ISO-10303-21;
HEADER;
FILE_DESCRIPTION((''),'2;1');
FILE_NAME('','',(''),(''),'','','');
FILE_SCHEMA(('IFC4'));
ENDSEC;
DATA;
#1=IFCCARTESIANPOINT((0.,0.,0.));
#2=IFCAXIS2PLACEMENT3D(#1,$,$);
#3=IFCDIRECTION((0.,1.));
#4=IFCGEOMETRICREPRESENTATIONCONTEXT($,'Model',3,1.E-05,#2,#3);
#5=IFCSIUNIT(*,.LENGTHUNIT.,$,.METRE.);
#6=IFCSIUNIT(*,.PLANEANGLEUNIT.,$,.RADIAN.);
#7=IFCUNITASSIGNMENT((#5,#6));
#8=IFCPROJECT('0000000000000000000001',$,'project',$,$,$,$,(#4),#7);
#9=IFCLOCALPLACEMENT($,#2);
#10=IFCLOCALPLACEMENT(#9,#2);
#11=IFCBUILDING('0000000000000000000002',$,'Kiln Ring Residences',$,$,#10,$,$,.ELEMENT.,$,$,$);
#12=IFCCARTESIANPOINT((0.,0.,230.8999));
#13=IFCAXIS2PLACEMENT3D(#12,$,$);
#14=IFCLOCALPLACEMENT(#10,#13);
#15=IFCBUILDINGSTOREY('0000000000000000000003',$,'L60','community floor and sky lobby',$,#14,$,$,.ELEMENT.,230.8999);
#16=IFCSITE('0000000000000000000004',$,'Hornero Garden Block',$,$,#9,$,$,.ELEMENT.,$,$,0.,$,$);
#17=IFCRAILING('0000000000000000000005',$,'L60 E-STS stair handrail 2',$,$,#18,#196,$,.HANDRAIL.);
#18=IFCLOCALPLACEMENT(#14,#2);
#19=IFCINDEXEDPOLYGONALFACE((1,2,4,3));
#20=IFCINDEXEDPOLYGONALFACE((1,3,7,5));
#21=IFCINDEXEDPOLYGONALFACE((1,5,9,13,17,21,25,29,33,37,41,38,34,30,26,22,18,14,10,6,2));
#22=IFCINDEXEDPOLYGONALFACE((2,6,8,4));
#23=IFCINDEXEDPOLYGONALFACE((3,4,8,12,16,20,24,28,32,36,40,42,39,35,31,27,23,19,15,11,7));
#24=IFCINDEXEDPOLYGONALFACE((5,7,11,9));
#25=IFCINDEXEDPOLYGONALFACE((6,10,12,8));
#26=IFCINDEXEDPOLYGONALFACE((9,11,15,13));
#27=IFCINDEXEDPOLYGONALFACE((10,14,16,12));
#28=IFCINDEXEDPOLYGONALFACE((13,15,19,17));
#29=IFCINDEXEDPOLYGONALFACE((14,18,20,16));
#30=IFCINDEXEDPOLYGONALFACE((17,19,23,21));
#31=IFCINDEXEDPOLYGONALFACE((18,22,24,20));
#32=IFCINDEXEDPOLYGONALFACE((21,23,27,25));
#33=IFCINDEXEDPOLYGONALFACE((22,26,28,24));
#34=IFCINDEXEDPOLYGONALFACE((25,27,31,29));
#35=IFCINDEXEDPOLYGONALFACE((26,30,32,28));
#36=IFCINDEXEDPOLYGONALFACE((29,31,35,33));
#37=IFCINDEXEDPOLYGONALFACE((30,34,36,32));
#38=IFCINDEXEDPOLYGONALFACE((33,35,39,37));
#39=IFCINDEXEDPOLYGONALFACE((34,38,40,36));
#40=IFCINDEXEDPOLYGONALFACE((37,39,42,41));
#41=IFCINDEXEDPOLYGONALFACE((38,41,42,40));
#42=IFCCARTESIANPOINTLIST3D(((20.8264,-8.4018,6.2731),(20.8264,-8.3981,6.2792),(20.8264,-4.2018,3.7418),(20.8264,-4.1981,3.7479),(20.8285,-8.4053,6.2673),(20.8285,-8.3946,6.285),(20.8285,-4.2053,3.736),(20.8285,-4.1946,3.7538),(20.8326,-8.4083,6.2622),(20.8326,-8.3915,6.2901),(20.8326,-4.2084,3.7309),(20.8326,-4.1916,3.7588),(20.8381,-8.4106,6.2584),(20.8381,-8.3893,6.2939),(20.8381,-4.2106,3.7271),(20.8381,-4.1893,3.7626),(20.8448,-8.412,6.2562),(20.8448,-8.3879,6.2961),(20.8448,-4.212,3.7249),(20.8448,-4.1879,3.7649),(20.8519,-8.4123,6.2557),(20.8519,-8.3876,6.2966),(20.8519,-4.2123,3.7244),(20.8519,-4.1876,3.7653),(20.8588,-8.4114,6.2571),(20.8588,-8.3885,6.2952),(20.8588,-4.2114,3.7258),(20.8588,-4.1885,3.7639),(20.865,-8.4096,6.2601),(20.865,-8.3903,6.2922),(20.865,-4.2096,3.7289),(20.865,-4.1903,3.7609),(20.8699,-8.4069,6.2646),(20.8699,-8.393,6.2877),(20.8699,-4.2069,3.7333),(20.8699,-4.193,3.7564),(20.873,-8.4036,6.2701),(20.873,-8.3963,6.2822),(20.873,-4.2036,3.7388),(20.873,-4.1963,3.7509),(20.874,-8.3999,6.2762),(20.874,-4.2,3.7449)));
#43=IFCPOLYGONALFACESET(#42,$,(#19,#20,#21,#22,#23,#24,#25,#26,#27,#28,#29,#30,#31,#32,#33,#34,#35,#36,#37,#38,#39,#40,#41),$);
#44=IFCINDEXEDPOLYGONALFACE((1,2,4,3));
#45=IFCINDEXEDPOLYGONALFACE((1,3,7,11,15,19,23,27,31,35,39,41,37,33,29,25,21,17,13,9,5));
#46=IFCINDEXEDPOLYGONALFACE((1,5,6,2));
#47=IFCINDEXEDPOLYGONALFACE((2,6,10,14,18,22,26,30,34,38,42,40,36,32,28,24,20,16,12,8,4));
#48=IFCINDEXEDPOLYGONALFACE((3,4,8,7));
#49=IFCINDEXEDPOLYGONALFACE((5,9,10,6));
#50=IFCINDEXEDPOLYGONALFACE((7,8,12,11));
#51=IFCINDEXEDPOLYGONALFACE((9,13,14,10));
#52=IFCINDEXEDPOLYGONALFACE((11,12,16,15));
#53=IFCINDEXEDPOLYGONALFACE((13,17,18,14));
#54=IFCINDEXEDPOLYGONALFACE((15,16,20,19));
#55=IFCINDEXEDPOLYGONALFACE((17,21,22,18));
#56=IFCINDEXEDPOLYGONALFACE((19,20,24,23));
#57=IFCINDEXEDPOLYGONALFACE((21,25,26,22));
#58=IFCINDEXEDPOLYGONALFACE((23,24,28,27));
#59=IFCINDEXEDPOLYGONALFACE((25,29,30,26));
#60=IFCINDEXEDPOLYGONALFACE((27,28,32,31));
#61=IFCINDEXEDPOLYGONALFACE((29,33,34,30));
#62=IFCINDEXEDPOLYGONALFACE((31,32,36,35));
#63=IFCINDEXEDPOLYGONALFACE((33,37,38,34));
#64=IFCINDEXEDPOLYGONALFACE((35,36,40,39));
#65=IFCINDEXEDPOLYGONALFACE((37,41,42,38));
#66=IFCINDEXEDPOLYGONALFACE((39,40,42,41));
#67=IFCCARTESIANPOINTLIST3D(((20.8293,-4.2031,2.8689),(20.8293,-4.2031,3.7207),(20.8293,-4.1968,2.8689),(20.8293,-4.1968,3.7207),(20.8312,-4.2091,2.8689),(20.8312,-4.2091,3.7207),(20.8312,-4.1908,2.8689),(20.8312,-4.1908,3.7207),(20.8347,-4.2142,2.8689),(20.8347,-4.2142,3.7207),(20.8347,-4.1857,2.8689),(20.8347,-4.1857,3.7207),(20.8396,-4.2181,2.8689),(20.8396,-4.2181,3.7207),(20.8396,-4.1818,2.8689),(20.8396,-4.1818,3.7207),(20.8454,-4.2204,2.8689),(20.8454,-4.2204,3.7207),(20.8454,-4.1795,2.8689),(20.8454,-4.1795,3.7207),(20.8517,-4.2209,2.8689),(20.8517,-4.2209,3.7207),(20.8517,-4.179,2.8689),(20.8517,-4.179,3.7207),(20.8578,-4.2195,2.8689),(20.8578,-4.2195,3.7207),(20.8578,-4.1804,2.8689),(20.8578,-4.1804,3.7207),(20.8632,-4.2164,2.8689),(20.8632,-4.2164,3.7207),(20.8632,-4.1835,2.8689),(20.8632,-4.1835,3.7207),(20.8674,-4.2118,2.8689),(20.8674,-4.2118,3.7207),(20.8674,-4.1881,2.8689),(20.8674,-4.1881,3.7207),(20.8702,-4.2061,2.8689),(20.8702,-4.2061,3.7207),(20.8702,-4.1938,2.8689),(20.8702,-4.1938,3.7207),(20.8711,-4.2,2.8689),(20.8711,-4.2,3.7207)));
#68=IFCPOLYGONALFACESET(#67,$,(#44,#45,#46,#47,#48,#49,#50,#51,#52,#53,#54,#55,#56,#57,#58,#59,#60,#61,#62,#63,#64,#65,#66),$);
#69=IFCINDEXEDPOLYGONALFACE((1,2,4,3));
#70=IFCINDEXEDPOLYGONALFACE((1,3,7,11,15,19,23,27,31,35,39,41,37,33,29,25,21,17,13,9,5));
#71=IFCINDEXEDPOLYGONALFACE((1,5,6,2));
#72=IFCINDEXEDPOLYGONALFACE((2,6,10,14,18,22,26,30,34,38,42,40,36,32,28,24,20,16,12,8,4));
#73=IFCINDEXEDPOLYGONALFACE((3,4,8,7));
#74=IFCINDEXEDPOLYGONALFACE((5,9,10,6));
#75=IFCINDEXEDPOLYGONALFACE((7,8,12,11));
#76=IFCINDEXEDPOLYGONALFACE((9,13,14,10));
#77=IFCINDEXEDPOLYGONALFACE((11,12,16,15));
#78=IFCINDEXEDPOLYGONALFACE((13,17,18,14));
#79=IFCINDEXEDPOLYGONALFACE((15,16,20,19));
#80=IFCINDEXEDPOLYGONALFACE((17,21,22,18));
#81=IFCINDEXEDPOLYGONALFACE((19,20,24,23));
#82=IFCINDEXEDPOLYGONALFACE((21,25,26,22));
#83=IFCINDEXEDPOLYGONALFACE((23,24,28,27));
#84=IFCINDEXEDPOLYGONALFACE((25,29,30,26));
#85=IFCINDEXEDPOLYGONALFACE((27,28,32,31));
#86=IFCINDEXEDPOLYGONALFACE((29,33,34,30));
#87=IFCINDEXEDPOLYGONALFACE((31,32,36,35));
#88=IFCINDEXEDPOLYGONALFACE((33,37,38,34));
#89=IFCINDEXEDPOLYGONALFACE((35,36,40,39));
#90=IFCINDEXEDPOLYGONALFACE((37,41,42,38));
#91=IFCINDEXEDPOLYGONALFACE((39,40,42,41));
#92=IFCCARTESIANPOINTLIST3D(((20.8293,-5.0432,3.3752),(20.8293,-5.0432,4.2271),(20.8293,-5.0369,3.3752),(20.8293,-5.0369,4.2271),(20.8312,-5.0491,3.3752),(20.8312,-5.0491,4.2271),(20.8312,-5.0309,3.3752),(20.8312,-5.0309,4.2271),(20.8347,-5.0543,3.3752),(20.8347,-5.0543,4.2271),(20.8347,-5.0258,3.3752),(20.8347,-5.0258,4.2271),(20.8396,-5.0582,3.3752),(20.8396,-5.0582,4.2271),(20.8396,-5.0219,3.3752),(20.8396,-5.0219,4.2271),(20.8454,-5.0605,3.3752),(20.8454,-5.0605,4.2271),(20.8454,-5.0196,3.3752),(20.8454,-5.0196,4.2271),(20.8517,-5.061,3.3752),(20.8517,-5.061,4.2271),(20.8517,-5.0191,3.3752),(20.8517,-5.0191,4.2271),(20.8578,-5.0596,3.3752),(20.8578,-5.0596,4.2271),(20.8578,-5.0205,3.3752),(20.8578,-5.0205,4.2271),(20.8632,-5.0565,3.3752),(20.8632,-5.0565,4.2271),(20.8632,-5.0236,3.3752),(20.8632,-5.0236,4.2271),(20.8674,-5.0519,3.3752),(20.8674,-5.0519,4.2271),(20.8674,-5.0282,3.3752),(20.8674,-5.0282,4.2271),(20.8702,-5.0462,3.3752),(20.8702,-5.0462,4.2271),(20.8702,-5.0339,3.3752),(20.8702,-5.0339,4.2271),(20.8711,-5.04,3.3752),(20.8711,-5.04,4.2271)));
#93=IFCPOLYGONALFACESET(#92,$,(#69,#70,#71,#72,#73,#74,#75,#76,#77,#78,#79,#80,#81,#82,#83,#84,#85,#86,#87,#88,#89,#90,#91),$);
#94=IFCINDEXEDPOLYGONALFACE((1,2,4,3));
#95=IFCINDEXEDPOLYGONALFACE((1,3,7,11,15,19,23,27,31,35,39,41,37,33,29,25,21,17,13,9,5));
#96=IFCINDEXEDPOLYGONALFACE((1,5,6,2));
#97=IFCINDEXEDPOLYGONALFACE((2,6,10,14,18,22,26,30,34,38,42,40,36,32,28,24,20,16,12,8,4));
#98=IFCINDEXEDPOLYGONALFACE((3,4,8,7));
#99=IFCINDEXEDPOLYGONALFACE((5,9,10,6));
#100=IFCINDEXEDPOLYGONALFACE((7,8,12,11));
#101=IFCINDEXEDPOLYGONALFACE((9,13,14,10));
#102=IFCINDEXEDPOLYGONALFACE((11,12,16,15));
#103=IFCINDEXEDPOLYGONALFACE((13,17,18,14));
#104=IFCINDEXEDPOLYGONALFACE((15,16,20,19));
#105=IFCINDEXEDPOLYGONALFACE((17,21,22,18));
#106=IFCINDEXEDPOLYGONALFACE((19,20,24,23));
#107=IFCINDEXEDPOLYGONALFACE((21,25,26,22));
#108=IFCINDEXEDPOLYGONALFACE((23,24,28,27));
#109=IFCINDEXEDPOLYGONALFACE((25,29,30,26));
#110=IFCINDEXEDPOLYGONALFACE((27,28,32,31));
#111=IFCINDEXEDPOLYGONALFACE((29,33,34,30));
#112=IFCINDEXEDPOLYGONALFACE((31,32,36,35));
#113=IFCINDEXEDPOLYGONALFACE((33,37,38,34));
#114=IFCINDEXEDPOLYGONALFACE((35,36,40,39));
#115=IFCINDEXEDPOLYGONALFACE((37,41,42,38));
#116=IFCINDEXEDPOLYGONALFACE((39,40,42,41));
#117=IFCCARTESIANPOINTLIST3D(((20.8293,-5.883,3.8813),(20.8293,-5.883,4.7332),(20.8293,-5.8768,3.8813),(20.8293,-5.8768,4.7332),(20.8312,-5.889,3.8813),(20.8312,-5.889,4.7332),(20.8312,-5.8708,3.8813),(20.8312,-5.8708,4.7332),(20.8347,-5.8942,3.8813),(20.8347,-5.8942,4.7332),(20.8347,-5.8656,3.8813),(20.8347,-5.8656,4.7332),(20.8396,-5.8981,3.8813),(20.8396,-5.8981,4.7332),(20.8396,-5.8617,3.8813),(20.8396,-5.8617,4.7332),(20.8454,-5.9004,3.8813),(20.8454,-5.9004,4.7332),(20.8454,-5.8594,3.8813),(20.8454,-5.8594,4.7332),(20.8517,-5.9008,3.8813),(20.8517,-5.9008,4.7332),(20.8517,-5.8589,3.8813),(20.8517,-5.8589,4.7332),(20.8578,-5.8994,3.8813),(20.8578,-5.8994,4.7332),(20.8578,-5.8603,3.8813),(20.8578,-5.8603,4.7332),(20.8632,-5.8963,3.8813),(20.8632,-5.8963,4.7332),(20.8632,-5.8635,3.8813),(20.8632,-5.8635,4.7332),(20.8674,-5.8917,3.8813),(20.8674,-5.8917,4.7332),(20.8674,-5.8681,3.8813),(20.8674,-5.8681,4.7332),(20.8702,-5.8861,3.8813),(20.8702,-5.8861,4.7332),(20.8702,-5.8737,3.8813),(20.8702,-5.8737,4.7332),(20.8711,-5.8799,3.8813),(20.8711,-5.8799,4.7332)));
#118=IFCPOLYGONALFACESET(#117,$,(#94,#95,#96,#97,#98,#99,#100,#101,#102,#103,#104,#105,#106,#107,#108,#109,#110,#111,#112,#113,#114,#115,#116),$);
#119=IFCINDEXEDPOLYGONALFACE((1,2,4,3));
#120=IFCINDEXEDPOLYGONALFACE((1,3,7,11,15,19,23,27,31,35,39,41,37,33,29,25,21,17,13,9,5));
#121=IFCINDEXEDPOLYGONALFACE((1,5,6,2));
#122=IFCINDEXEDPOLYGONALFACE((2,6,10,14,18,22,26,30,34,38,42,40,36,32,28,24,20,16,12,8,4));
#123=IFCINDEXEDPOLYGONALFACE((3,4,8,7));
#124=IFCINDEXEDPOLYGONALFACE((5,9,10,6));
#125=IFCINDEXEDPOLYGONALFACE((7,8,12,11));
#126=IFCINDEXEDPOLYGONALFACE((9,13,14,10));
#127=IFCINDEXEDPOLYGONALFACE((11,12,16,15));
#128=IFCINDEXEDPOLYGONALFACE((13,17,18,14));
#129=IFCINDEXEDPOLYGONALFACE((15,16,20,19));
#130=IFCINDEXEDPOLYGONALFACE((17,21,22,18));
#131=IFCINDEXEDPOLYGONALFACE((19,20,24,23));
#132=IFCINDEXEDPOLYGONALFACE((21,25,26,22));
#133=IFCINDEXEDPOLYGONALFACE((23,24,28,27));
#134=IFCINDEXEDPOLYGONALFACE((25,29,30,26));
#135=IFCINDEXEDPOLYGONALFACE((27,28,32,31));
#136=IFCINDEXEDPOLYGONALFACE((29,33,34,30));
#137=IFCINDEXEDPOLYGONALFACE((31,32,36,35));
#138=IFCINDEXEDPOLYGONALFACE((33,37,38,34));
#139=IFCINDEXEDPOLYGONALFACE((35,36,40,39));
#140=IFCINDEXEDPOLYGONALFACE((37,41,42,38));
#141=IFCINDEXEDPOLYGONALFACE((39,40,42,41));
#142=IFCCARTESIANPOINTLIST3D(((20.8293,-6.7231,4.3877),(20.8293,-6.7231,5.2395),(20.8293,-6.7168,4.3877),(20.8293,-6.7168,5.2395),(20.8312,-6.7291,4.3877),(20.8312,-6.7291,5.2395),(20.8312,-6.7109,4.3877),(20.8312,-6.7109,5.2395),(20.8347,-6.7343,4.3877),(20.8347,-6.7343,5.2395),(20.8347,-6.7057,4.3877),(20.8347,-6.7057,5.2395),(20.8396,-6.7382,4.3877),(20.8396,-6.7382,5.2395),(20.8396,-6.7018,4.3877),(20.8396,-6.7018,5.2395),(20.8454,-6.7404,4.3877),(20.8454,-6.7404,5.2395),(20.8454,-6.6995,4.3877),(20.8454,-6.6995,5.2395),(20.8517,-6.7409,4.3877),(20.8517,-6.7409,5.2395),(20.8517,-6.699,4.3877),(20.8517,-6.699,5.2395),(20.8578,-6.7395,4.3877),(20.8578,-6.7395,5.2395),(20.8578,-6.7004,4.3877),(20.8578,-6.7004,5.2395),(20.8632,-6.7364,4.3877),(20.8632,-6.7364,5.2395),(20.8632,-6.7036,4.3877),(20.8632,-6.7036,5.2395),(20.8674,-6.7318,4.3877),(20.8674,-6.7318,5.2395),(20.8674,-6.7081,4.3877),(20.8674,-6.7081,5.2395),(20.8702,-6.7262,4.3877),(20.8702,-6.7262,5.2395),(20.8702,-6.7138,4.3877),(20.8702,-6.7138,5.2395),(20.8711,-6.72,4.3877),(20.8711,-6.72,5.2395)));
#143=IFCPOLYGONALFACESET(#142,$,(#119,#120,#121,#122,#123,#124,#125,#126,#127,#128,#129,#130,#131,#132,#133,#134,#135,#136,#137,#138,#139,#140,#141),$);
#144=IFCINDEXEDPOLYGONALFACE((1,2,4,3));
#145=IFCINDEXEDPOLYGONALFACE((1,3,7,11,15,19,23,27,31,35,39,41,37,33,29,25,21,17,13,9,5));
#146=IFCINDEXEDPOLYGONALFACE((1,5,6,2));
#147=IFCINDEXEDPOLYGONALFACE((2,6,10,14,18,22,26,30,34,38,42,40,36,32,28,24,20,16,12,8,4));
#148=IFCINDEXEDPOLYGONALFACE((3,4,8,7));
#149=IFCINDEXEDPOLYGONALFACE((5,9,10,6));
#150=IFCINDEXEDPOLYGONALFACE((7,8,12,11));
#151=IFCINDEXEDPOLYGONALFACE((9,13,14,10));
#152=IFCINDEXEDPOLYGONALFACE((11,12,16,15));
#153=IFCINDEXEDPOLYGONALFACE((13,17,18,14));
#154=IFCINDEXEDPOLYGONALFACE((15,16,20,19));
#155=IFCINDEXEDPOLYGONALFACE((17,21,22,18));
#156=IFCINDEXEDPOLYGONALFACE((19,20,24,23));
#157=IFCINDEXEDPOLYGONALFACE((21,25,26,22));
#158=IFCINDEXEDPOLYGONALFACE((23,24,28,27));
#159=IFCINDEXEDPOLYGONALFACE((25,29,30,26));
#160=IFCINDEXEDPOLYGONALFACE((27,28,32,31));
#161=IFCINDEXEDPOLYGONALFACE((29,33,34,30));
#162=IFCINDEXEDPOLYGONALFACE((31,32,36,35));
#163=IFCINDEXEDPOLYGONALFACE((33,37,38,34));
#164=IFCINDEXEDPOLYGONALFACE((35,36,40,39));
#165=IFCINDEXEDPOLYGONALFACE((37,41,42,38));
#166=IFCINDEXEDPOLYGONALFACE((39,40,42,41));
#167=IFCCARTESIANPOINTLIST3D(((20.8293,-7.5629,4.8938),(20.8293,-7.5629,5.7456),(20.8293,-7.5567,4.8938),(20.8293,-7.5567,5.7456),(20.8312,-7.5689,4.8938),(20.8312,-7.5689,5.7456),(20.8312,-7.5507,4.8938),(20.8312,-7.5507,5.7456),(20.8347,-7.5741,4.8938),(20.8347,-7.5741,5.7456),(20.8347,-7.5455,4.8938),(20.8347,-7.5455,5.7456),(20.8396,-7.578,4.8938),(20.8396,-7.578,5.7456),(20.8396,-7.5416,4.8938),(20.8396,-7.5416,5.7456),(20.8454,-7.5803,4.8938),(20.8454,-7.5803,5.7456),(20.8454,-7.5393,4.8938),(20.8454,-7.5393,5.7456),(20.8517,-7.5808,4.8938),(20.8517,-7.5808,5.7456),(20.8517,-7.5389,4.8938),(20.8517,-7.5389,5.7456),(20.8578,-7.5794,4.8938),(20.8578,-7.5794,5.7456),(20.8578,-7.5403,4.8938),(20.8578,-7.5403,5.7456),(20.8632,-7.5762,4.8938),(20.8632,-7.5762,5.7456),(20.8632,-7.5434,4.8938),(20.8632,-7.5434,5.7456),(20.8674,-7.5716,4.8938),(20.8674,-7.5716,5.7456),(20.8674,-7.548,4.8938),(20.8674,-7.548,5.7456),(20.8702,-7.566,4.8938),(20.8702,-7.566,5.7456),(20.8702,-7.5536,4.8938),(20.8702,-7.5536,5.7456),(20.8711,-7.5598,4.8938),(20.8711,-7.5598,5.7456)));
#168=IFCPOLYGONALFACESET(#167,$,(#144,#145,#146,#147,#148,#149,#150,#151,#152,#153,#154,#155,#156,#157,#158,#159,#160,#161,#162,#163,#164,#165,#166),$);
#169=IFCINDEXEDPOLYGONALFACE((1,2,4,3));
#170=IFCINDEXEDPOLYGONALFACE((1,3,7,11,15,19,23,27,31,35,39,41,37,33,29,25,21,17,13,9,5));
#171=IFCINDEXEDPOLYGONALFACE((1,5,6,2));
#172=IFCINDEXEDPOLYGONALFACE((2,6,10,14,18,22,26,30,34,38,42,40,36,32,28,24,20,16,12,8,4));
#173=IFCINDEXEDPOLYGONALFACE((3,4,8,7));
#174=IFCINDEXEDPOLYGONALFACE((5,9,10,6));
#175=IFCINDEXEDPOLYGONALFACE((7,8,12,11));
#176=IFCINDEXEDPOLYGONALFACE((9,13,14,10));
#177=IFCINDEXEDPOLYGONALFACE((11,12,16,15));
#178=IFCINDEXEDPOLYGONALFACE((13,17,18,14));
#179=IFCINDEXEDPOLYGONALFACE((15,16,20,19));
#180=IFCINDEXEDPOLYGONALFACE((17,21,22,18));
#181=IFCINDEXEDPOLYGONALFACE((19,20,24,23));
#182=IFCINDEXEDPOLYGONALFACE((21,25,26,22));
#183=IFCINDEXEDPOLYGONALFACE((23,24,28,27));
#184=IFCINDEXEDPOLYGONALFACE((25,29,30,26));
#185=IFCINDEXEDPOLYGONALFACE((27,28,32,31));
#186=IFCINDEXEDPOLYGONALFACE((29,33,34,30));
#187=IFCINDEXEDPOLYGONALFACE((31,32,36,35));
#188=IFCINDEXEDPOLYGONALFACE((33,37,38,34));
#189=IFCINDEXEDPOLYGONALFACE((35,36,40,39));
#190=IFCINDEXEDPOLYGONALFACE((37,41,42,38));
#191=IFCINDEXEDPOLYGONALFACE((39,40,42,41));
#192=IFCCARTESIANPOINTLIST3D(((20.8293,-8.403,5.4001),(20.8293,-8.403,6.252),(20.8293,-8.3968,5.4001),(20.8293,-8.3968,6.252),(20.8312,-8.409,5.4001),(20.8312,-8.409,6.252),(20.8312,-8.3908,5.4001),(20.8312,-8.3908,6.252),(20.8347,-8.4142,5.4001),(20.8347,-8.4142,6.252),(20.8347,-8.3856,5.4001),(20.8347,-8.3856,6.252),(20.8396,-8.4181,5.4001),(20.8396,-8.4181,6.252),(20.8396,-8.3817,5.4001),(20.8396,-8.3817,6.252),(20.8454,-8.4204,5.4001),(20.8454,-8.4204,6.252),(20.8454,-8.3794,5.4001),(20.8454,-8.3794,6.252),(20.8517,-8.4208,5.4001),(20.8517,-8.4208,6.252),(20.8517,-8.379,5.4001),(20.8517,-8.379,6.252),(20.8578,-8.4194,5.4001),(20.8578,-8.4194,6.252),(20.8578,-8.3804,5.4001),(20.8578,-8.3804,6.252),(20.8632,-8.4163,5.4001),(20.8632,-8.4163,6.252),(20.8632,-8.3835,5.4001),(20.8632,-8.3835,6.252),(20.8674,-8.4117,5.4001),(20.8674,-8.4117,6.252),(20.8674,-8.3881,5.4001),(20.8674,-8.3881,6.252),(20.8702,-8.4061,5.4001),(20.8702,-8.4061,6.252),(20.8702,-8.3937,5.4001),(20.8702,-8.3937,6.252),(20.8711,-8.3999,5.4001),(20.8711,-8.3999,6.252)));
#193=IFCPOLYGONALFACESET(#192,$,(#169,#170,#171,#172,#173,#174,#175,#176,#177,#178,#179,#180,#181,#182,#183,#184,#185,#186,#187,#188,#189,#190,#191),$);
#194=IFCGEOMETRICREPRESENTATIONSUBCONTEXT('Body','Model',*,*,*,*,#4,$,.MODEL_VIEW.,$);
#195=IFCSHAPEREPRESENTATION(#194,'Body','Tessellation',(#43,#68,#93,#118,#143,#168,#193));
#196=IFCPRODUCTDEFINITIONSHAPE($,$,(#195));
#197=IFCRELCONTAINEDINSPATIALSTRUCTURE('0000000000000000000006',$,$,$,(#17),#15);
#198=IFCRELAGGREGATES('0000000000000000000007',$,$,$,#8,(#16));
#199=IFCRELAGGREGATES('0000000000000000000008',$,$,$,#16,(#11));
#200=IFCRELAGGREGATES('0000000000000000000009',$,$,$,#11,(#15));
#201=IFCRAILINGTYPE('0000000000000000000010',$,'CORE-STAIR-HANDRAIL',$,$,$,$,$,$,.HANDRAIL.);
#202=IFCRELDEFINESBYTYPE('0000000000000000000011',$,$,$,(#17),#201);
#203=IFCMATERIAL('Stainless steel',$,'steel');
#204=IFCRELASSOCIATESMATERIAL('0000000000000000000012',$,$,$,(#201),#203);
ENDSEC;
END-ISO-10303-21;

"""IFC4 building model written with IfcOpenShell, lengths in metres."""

from ifc_helpers import new_model, si_unit, direction, frame, origin, origin_2d, place, context, subcontext, project, spatial, circle, extrude, material, type_object, element, save


model = new_model("IFC4")

# Units and contexts
model_context = context("Model", 3, precision=1e-05, world=origin(), true_north=direction((0.0, 1.0)))
body_context = subcontext(model_context, "Body", "Model", "MODEL_VIEW")
ifc_project = project(units=[si_unit("LENGTHUNIT", "METRE"), si_unit("PLANEANGLEUNIT", "RADIAN")], contexts=[model_context])

# Site, building, storey
site_placement = place(None, origin())
site = spatial("IfcSite", under=ifc_project, at=site_placement, Name="Hornero Garden Block", CompositionType="ELEMENT", RefElevation=0.0)
building_placement = place(site_placement, origin())
building = spatial("IfcBuilding", under=site, at=building_placement, Name="Kiln Ring Residences", CompositionType="ELEMENT")
storey_placement = place(building_placement, frame((0.0, 0.0, 230.8999)))
storey = spatial("IfcBuildingStorey", under=building, at=storey_placement, Name="L60", Description="community floor and sky lobby", CompositionType="ELEMENT", Elevation=230.8999)

# Railing
ifc_material_1 = material(Name="Stainless steel", Category="steel")
railing_type_1 = type_object("IfcRailingType", Name="CORE-STAIR-HANDRAIL", PredefinedType="HANDRAIL", material=ifc_material_1)
railing_1_placement = place(storey_placement, frame((20.8501, -4.2, 2.8689)))
element("IfcRailing", 1, at=railing_1_placement, inside=storey, type_object=railing_type_1, Name="L60 E-STS stair handrail 2", PredefinedType="HANDRAIL", context=body_context, shape_type="SweptSolid", body=[
    extrude(circle(Radius=0.0239, at=origin_2d()), frame((0.0, 0.0, 0.876), z_axis=(0.0, -0.856476, 0.516186), x_axis=(1.0, 0.0, 0.0)), (0.0, 0.0, 1.0), 4.9038),
    extrude(circle(Radius=0.021, at=origin_2d()), origin(), (0.0, 0.0, 1.0), 0.8518),
    extrude(circle(Radius=0.021, at=origin_2d()), frame((0.0, -0.8401, 0.5063)), (0.0, 0.0, 1.0), 0.8518),
    extrude(circle(Radius=0.021, at=origin_2d()), frame((0.0, -1.6799, 1.0125)), (0.0, 0.0, 1.0), 0.8518),
    extrude(circle(Radius=0.021, at=origin_2d()), frame((0.0, -2.52, 1.5188)), (0.0, 0.0, 1.0), 0.8518),
    extrude(circle(Radius=0.021, at=origin_2d()), frame((0.0, -3.3599, 2.0249)), (0.0, 0.0, 1.0), 0.8518),
    extrude(circle(Radius=0.021, at=origin_2d()), frame((0.0, -4.2, 2.5312)), (0.0, 0.0, 1.0), 0.8518),
])

save(model, "model.ifc")
